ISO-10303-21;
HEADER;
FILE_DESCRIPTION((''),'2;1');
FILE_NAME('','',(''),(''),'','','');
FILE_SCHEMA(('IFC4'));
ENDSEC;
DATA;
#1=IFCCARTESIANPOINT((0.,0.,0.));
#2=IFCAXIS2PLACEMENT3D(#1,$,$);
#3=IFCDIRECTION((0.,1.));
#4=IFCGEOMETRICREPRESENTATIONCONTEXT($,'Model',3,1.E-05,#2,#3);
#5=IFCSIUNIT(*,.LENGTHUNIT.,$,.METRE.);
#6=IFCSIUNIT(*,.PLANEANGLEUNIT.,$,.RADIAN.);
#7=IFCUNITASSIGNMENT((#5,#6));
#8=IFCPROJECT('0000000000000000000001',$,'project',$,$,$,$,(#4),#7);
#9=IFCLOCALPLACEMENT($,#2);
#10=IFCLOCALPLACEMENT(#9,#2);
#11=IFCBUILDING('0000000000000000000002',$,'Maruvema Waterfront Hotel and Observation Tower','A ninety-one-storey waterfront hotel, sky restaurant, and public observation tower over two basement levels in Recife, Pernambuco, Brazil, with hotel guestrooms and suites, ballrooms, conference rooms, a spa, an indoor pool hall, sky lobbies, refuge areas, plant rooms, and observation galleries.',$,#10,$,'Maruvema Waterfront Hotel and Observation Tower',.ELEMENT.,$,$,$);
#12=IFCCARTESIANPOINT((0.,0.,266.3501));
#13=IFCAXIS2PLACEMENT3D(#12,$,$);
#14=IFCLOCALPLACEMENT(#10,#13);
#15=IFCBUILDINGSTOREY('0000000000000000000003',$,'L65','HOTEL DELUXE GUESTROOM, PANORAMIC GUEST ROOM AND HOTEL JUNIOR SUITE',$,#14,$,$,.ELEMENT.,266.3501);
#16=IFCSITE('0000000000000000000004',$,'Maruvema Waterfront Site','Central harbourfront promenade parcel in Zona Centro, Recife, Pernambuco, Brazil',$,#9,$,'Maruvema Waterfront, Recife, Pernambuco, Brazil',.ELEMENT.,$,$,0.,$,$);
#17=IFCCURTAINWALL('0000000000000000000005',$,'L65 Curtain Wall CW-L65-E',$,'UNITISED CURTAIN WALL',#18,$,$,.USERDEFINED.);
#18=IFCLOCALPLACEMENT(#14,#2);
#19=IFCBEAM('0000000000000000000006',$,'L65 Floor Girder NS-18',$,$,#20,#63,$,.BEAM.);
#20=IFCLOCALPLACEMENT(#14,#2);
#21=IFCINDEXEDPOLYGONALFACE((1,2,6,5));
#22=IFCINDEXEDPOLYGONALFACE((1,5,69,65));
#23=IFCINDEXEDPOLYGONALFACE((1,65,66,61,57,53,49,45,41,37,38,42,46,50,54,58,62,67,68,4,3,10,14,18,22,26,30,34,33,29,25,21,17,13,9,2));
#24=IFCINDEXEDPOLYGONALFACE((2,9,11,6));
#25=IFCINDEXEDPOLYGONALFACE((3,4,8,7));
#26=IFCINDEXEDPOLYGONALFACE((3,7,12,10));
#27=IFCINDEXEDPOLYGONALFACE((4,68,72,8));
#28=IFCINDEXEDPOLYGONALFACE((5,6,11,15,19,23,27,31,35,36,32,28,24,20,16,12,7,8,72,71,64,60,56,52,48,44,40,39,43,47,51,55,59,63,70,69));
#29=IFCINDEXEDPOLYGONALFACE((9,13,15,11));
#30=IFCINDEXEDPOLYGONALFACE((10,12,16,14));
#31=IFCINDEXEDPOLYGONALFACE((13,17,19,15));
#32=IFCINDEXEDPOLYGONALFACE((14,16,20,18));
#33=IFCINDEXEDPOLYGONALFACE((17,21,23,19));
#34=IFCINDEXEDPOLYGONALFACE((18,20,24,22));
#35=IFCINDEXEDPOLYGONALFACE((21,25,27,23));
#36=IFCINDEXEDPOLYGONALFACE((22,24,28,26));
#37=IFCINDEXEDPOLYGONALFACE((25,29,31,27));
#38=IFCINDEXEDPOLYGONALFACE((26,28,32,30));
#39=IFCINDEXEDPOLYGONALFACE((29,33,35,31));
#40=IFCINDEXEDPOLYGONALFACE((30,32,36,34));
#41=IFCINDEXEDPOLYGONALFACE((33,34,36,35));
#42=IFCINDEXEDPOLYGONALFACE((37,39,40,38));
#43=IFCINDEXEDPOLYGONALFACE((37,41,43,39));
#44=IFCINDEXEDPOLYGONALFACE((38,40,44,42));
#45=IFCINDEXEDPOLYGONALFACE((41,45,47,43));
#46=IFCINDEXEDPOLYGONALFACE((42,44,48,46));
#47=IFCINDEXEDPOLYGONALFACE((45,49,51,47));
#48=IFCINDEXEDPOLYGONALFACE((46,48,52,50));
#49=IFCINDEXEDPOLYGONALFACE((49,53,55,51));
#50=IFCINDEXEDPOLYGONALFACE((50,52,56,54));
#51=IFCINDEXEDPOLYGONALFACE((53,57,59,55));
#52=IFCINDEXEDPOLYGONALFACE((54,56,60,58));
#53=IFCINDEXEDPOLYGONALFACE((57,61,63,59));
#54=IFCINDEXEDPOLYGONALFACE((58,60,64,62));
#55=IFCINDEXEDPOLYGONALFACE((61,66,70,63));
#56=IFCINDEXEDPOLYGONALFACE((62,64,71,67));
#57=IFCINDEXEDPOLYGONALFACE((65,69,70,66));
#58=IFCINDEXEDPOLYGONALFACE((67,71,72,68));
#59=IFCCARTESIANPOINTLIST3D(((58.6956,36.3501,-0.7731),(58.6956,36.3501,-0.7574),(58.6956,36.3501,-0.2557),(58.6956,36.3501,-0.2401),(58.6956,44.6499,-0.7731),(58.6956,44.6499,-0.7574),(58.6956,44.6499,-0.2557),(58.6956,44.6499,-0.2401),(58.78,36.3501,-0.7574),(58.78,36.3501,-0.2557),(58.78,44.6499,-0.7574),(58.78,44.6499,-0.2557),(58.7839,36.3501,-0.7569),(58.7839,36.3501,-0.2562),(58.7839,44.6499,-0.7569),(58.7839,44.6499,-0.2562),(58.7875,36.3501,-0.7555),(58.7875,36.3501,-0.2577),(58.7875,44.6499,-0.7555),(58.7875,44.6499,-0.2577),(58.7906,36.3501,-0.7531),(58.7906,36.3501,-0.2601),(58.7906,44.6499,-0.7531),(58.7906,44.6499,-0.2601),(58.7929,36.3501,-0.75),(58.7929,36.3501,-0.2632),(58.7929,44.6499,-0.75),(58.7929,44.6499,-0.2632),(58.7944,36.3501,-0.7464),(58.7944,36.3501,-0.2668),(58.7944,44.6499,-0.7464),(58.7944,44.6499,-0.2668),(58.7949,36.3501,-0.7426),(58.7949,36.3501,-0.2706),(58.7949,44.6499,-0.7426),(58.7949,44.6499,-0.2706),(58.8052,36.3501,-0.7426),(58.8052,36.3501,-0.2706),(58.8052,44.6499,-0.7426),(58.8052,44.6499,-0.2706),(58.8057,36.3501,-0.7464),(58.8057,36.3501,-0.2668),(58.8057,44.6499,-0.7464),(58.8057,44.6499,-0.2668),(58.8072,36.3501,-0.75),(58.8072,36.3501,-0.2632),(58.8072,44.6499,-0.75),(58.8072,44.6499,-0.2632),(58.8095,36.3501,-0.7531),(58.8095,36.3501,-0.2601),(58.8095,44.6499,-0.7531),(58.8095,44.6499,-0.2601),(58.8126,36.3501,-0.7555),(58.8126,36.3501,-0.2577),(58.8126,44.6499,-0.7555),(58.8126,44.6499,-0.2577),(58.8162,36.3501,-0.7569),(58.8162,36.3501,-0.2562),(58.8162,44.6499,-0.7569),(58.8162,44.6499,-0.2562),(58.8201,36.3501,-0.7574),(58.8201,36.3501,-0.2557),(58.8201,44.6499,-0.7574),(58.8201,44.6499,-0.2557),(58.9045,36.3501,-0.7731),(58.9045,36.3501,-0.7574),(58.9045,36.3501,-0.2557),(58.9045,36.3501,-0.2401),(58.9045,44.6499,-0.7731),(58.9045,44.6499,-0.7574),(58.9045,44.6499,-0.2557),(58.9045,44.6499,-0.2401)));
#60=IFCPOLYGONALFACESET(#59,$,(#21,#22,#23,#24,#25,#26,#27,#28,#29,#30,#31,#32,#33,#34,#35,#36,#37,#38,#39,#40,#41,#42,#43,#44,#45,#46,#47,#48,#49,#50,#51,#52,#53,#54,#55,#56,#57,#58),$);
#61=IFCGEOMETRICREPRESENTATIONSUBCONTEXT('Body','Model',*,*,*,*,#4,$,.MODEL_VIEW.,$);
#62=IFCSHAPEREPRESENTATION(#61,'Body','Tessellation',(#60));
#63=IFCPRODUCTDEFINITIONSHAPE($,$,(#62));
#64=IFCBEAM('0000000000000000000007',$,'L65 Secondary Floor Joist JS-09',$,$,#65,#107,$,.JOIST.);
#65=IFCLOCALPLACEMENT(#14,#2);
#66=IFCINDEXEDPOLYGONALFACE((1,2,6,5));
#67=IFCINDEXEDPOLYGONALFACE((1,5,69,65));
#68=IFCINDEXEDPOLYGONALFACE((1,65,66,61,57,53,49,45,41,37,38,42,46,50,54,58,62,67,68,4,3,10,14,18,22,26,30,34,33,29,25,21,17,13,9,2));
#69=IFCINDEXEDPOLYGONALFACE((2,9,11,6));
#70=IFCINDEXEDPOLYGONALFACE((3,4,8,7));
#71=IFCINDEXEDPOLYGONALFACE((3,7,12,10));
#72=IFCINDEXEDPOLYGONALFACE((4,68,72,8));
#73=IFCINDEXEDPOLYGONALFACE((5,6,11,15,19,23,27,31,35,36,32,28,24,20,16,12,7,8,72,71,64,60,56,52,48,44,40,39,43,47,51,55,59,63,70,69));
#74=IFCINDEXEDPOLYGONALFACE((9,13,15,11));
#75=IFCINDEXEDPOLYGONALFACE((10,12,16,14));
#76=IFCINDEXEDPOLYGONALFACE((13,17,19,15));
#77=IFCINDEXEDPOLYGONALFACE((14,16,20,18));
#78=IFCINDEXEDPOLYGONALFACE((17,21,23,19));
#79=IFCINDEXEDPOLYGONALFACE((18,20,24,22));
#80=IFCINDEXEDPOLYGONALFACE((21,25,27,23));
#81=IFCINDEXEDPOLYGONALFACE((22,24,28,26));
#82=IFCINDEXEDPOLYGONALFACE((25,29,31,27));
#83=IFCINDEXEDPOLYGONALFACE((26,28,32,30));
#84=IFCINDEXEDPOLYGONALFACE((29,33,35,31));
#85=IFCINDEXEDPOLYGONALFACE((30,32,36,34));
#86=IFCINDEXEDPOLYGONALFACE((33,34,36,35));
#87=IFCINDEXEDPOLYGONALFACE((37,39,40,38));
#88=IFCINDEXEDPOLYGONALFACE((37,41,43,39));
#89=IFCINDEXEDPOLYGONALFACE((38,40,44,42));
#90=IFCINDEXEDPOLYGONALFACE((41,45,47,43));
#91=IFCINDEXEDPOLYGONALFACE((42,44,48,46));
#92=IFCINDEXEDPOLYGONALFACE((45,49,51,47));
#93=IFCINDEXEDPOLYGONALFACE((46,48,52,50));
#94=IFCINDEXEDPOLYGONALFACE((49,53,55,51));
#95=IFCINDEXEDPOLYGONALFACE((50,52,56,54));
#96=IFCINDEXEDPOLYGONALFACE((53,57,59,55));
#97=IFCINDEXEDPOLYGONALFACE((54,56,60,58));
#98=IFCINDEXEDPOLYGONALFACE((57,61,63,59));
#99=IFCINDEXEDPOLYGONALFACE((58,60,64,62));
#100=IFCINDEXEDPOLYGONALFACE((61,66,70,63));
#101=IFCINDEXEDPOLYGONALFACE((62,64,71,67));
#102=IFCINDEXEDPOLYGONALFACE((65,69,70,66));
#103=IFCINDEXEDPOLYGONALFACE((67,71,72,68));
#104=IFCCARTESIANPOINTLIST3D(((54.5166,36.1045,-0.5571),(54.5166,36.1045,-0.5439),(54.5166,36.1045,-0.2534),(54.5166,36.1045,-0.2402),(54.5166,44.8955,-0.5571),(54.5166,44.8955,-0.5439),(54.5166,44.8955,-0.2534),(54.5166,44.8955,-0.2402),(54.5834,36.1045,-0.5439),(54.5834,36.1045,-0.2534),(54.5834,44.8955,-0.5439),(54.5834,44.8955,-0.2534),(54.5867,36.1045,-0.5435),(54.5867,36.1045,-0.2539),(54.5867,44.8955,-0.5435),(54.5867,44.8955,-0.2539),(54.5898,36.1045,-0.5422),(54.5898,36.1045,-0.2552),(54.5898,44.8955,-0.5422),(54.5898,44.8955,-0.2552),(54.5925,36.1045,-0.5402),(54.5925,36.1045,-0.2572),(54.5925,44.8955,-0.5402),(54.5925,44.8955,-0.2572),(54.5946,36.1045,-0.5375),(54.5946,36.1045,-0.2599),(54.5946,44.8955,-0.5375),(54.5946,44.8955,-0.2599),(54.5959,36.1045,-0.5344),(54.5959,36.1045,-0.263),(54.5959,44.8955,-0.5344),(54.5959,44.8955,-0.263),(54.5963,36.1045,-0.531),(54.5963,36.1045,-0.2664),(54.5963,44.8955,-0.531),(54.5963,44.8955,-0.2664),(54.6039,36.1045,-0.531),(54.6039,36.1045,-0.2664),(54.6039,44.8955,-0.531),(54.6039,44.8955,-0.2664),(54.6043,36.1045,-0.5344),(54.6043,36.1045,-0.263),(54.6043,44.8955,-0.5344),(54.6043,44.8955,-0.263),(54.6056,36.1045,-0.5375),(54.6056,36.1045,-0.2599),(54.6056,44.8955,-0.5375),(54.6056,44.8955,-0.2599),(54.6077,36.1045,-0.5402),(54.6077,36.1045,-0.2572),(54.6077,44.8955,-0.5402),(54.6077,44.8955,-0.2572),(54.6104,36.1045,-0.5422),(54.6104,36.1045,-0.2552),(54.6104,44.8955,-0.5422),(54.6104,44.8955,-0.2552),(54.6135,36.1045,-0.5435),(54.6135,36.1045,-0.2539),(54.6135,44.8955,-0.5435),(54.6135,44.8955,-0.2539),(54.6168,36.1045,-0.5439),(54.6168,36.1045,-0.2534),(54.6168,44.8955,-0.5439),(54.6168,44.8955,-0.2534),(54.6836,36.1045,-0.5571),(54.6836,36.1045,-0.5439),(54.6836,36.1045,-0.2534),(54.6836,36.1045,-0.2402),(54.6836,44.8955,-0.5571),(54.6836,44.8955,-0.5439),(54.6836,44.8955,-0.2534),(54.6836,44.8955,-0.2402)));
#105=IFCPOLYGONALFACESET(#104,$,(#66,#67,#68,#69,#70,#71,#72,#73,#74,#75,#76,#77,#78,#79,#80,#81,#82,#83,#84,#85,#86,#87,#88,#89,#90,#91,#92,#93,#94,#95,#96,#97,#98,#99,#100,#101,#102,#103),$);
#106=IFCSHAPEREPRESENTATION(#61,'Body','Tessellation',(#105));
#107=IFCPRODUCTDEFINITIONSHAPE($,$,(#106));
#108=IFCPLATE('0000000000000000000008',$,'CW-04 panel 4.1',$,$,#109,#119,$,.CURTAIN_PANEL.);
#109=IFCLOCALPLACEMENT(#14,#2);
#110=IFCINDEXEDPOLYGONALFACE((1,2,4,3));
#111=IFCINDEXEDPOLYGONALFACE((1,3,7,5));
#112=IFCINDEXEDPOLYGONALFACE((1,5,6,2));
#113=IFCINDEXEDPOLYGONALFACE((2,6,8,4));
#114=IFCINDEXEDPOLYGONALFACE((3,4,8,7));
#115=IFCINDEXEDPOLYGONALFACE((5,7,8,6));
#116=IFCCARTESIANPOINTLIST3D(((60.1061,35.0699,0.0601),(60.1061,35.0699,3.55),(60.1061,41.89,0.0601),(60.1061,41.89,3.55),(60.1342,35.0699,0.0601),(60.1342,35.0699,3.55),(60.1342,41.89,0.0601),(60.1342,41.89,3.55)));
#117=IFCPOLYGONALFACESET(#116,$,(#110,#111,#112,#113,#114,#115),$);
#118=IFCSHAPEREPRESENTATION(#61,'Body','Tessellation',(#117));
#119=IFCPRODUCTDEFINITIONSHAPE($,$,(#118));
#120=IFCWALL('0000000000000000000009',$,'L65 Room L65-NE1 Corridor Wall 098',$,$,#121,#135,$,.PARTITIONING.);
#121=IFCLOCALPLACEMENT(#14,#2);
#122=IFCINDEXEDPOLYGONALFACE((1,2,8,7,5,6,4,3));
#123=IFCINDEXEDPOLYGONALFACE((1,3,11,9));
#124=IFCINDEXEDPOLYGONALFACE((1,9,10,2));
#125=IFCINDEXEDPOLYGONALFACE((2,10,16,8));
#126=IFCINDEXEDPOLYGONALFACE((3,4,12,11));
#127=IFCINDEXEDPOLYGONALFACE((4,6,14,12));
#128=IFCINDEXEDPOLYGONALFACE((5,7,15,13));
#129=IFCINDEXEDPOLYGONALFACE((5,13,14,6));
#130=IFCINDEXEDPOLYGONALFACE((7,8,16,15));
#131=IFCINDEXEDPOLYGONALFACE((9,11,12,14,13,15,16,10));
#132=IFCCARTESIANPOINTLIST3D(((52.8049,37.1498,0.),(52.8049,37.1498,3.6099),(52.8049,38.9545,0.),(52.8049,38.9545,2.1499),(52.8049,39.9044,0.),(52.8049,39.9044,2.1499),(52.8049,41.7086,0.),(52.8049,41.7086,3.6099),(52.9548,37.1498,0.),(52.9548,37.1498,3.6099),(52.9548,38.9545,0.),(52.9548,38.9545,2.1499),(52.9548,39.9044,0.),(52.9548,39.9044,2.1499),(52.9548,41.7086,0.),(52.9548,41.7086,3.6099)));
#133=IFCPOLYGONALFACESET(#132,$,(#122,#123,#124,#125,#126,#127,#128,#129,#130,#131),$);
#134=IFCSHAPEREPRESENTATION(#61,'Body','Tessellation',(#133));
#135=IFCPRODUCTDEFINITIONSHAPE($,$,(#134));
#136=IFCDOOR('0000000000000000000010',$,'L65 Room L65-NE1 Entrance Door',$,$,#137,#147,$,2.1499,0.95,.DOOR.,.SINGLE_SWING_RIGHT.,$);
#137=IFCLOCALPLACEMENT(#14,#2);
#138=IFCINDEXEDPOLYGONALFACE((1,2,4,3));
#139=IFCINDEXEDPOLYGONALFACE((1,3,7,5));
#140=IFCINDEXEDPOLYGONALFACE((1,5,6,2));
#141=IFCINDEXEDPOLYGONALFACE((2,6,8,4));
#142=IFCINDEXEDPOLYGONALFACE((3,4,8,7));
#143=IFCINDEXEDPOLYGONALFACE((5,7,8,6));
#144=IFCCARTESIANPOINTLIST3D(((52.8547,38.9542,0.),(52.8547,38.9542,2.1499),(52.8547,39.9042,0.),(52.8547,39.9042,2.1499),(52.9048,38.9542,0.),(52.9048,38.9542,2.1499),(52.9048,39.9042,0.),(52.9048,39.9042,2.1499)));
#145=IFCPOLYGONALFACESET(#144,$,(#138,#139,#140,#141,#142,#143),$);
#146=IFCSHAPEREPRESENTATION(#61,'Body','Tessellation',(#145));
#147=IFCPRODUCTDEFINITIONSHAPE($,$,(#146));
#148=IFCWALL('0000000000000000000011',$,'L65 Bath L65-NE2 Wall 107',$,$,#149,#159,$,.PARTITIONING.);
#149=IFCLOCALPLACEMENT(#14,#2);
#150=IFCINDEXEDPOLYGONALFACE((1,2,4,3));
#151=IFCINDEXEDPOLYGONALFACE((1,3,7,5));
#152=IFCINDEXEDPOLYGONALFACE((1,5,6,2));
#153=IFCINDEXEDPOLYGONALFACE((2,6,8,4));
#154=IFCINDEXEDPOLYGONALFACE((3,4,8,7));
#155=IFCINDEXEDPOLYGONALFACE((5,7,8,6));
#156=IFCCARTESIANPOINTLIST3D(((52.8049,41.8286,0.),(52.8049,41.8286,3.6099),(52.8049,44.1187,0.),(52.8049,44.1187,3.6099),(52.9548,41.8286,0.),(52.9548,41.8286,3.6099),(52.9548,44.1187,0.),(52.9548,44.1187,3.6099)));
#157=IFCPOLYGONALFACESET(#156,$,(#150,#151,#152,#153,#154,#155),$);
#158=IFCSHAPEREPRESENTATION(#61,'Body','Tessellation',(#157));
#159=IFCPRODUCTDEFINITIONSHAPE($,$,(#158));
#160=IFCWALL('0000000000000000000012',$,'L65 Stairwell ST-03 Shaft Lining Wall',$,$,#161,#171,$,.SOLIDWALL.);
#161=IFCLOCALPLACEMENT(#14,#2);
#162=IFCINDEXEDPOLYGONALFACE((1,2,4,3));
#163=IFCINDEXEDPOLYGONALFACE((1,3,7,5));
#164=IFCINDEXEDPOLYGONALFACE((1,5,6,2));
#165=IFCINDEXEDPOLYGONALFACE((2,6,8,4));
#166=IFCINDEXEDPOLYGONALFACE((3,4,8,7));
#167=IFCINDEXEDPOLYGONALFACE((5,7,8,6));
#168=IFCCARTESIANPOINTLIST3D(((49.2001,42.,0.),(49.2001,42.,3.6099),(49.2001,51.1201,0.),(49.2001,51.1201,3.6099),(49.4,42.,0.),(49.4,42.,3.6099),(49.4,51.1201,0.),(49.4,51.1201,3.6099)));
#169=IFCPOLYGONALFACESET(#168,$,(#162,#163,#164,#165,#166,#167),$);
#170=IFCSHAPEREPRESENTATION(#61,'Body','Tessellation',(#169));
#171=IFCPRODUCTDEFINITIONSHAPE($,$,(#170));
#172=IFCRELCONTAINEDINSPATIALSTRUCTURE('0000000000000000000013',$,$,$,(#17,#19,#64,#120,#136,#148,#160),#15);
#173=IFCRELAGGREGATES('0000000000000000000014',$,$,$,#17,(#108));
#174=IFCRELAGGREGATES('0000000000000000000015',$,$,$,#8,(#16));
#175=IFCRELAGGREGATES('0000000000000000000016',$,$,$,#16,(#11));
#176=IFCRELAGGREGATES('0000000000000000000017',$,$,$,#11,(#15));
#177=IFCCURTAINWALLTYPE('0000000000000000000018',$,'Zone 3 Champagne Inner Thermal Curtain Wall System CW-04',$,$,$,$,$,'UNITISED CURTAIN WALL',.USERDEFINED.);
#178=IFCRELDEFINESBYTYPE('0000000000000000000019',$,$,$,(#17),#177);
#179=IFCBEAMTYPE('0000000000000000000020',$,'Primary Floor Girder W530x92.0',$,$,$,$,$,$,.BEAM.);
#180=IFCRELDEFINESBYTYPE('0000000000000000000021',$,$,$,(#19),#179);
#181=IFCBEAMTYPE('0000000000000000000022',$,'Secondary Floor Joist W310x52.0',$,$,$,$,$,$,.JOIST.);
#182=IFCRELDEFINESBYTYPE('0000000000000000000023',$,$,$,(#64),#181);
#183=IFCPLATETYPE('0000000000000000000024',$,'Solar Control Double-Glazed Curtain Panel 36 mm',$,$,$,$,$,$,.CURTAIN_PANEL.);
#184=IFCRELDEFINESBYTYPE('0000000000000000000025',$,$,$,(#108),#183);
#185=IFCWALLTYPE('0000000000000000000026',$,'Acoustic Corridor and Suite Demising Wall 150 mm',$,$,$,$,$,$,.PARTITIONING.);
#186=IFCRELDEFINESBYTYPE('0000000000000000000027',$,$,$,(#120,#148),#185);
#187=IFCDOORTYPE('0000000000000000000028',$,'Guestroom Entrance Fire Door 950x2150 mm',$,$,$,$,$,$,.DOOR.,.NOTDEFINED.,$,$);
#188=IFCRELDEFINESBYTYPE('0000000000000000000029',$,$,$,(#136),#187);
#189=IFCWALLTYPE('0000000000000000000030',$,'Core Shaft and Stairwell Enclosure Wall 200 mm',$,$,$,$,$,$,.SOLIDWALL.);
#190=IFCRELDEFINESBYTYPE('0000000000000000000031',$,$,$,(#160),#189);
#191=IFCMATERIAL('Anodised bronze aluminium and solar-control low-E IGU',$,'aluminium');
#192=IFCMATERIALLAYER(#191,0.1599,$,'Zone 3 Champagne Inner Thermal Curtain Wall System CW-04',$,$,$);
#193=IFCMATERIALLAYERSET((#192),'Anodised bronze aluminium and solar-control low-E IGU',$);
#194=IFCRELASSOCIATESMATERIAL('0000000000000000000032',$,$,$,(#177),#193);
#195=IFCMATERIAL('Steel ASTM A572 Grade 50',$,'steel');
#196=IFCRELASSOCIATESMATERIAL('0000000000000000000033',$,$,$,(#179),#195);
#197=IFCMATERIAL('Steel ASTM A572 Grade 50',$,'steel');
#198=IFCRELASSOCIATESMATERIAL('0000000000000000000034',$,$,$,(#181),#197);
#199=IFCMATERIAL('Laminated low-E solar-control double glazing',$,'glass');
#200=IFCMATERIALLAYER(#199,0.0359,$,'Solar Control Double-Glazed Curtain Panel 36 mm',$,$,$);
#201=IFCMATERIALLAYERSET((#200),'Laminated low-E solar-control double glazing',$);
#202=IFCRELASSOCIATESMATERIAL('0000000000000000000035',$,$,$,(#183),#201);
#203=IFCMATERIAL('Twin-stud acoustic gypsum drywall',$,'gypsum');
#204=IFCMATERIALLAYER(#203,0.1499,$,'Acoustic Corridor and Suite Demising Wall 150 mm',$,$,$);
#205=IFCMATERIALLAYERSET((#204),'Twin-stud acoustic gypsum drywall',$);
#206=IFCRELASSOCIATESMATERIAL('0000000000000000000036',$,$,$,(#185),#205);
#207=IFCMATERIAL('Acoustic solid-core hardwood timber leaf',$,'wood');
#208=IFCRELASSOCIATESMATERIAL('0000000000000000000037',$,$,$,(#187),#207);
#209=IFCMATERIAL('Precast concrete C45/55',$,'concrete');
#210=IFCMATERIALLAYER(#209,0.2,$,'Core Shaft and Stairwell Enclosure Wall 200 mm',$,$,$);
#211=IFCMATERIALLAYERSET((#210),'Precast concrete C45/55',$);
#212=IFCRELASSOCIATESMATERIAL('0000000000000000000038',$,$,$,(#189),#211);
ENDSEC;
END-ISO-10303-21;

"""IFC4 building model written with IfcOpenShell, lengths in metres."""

from ifc_helpers import new_model, si_unit, direction, frame, frame_2d, origin, origin_2d, place, context, subcontext, project, spatial, rectangle, i_section, extrude, material, layer, layer_set, material_profile, profile_set, type_object, element, fill, aggregate, save


model = new_model("IFC4")

# Units and contexts
model_context = context("Model", 3, precision=1e-05, world=origin(), true_north=direction((0.0, 1.0)))
body_context = subcontext(model_context, "Body", "Model", "MODEL_VIEW")
ifc_project = project(units=[si_unit("LENGTHUNIT", "METRE"), si_unit("PLANEANGLEUNIT", "RADIAN")], contexts=[model_context])

# Site, building, storey
site_placement = place(None, origin())
site = spatial("IfcSite", under=ifc_project, at=site_placement, Name="Maruvema Waterfront Site", Description="Central harbourfront promenade parcel in Zona Centro, Recife, Pernambuco, Brazil", LongName="Maruvema Waterfront, Recife, Pernambuco, Brazil", CompositionType="ELEMENT", RefElevation=0.0)
building_placement = place(site_placement, origin())
building = spatial("IfcBuilding", under=site, at=building_placement, Name="Maruvema Waterfront Hotel and Observation Tower", Description="A ninety-one-storey waterfront hotel, sky restaurant, and public observation tower over two basement levels in Recife, Pernambuco, Brazil, with hotel guestrooms and suites, ballrooms, conference rooms, a spa, an indoor pool hall, sky lobbies, refuge areas, plant rooms, and observation galleries.", LongName="Maruvema Waterfront Hotel and Observation Tower", CompositionType="ELEMENT")
storey_placement = place(building_placement, frame((0.0, 0.0, 266.3501)))
storey = spatial("IfcBuildingStorey", under=building, at=storey_placement, Name="L65", Description="HOTEL DELUXE GUESTROOM, PANORAMIC GUEST ROOM AND HOTEL JUNIOR SUITE", CompositionType="ELEMENT", Elevation=266.3501)

# Curtain wall
ifc_material_1 = material(Name="Anodised bronze aluminium and solar-control low-E IGU", Category="aluminium")
ifc_layer_1 = layer(ifc_material_1, 0.1599, Name="Zone 3 Champagne Inner Thermal Curtain Wall System CW-04")
ifc_layer_set_1 = layer_set([ifc_layer_1], Name="Anodised bronze aluminium and solar-control low-E IGU")
curtain_wall_type = type_object("IfcCurtainWallType", Name="Zone 3 Champagne Inner Thermal Curtain Wall System CW-04", ElementType="UNITISED CURTAIN WALL", PredefinedType="USERDEFINED", material=ifc_layer_set_1)
curtain_wall_placement = place(storey_placement, origin())
curtain_wall = element("IfcCurtainWall", 1, at=curtain_wall_placement, inside=storey, type_object=curtain_wall_type, Name="L65 Curtain Wall CW-L65-E", ObjectType="UNITISED CURTAIN WALL", PredefinedType="USERDEFINED")

# Beams
ifc_material_2 = material(Name="Steel ASTM A572 Grade 50", Category="steel")
ifc_material_profile_1 = material_profile(ifc_material_2, i_section(OverallWidth=0.209, OverallDepth=0.533, WebThickness=0.0103, FlangeThickness=0.0156, FilletRadius=0.0149, at=origin_2d()), Name="W530x92.0")
ifc_profile_set_1 = profile_set([ifc_material_profile_1], Name="Steel ASTM A572 Grade 50")
beam_type_1 = type_object("IfcBeamType", Name="Primary Floor Girder W530x92.0", PredefinedType="BEAM", material=ifc_profile_set_1)
beam_1_placement = place(storey_placement, frame((58.8, 36.3501, -0.5066), z_axis=(0.0, 1.0, 0.0), x_axis=(-1.0, 0.0, 0.0)))
element("IfcBeam", 2, at=beam_1_placement, inside=storey, type_object=beam_type_1, Name="L65 Floor Girder NS-18", PredefinedType="BEAM", context=body_context, shape_type="SweptSolid", body=[
    extrude(i_section(OverallWidth=0.209, OverallDepth=0.533, WebThickness=0.0103, FlangeThickness=0.0156, FilletRadius=0.0149, at=origin_2d()), origin(), (0.0, 0.0, 1.0), 8.2998),
])
ifc_material_3 = material(Name="Steel ASTM A572 Grade 50", Category="steel")
ifc_material_profile_2 = material_profile(ifc_material_3, i_section(OverallWidth=0.167, OverallDepth=0.3169, WebThickness=0.0076, FlangeThickness=0.0132, FilletRadius=0.0129, at=origin_2d()), Name="W310x52.0")
ifc_profile_set_2 = profile_set([ifc_material_profile_2], Name="Steel ASTM A572 Grade 50")
beam_type_2 = type_object("IfcBeamType", Name="Secondary Floor Joist W310x52.0", PredefinedType="JOIST", material=ifc_profile_set_2)
beam_2_placement = place(storey_placement, frame((54.6001, 36.1045, -0.3987), z_axis=(0.0, 1.0, 0.0), x_axis=(-1.0, 0.0, 0.0)))
element("IfcBeam", 3, at=beam_2_placement, inside=storey, type_object=beam_type_2, Name="L65 Secondary Floor Joist JS-09", PredefinedType="JOIST", context=body_context, shape_type="SweptSolid", body=[
    extrude(i_section(OverallWidth=0.167, OverallDepth=0.3169, WebThickness=0.0076, FlangeThickness=0.0132, FilletRadius=0.0129, at=origin_2d()), origin(), (0.0, 0.0, 1.0), 8.791),
])

# Plate
ifc_material_4 = material(Name="Laminated low-E solar-control double glazing", Category="glass")
ifc_layer_2 = layer(ifc_material_4, 0.0359, Name="Solar Control Double-Glazed Curtain Panel 36 mm")
ifc_layer_set_2 = layer_set([ifc_layer_2], Name="Laminated low-E solar-control double glazing")
plate_type = type_object("IfcPlateType", Name="Solar Control Double-Glazed Curtain Panel 36 mm", PredefinedType="CURTAIN_PANEL", material=ifc_layer_set_2)
plate_placement = place(storey_placement, frame((60.1201, 38.48, 0.0601), z_axis=(0.0, 0.0, 1.0), x_axis=(0.0, 1.0, 0.0)))
plate = element("IfcPlate", 4, at=plate_placement, type_object=plate_type, Name="CW-04 panel 4.1", PredefinedType="CURTAIN_PANEL", context=body_context, shape_type="SweptSolid", body=[
    extrude(rectangle(XDim=6.8201, YDim=0.0281, at=origin_2d()), origin(), (0.0, 0.0, 1.0), 3.49),
])
aggregate(curtain_wall, [plate])

# Wall, opening, door
ifc_material_5 = material(Name="Twin-stud acoustic gypsum drywall", Category="gypsum")
ifc_layer_3 = layer(ifc_material_5, 0.1499, Name="Acoustic Corridor and Suite Demising Wall 150 mm")
ifc_layer_set_3 = layer_set([ifc_layer_3], Name="Twin-stud acoustic gypsum drywall")
wall_type_1 = type_object("IfcWallType", Name="Acoustic Corridor and Suite Demising Wall 150 mm", PredefinedType="PARTITIONING", material=ifc_layer_set_3)
wall_1_placement = place(storey_placement, frame((52.8799, 37.1499, 0.0), z_axis=(0.0, 0.0, 1.0), x_axis=(0.0, 1.0, 0.0)))
wall_1 = element("IfcWall", 5, at=wall_1_placement, inside=storey, type_object=wall_type_1, Name="L65 Room L65-NE1 Corridor Wall 098", PredefinedType="PARTITIONING", context=body_context, shape_type="SweptSolid", body=[
    extrude(rectangle(XDim=4.5588, YDim=0.1499, at=frame_2d((2.2793, 0.0))), origin(), (0.0, 0.0, 1.0), 3.6099),
])
opening_1_placement = place(wall_1_placement, frame((1.8044, 0.0, 0.0)))
opening_1 = element("IfcOpeningElement", 6, at=opening_1_placement, cuts=wall_1, PredefinedType="OPENING", context=body_context, shape_type="SweptSolid", body=[
    extrude(rectangle(XDim=0.95, YDim=2.1499, at=frame_2d((0.4751, 1.075))), frame((0.0, 0.085, 0.0), z_axis=(0.0, -1.0, 0.0), x_axis=(1.0, 0.0, 0.0)), (0.0, 0.0, 1.0), 0.1699),
])
ifc_material_6 = material(Name="Acoustic solid-core hardwood timber leaf", Category="wood")
door_type_1 = type_object("IfcDoorType", Name="Guestroom Entrance Fire Door 950x2150 mm", OperationType="NOTDEFINED", PredefinedType="DOOR", material=ifc_material_6)
door_1_placement = place(opening_1_placement, frame((0.95, 0.0, 0.0), z_axis=(0.0, 0.0, 1.0), x_axis=(-1.0, 0.0, 0.0)))
door_1 = element("IfcDoor", 7, at=door_1_placement, inside=storey, type_object=door_type_1, Name="L65 Room L65-NE1 Entrance Door", OperationType="SINGLE_SWING_RIGHT", OverallHeight=2.1499, OverallWidth=0.95, PredefinedType="DOOR", context=body_context, shape_type="SweptSolid", body=[
    extrude(rectangle(XDim=0.95, YDim=2.1499, at=frame_2d((0.4751, 1.075))), frame((0.0, 0.0249, 0.0), z_axis=(0.0, -1.0, 0.0), x_axis=(1.0, 0.0, 0.0)), (0.0, 0.0, 1.0), 0.05),
])
fill(opening_1, door_1)

# Walls
wall_2_placement = place(storey_placement, frame((52.8799, 41.8286, 0.0), z_axis=(0.0, 0.0, 1.0), x_axis=(0.0, 1.0, 0.0)))
element("IfcWall", 8, at=wall_2_placement, inside=storey, type_object=wall_type_1, Name="L65 Bath L65-NE2 Wall 107", PredefinedType="PARTITIONING", context=body_context, shape_type="SweptSolid", body=[
    extrude(rectangle(XDim=2.29, YDim=0.1499, at=frame_2d((1.145, 0.0))), origin(), (0.0, 0.0, 1.0), 3.6099),
])
ifc_material_7 = material(Name="Precast concrete C45/55", Category="concrete")
ifc_layer_4 = layer(ifc_material_7, 0.2, Name="Core Shaft and Stairwell Enclosure Wall 200 mm")
ifc_layer_set_4 = layer_set([ifc_layer_4], Name="Precast concrete C45/55")
wall_type_2 = type_object("IfcWallType", Name="Core Shaft and Stairwell Enclosure Wall 200 mm", PredefinedType="SOLIDWALL", material=ifc_layer_set_4)
wall_3_placement = place(storey_placement, frame((49.3, 42.0, 0.0), z_axis=(0.0, 0.0, 1.0), x_axis=(0.0, 1.0, 0.0)))
element("IfcWall", 9, at=wall_3_placement, inside=storey, type_object=wall_type_2, Name="L65 Stairwell ST-03 Shaft Lining Wall", PredefinedType="SOLIDWALL", context=body_context, shape_type="SweptSolid", body=[
    extrude(rectangle(XDim=9.1201, YDim=0.2, at=frame_2d((4.5601, 0.0))), origin(), (0.0, 0.0, 1.0), 3.6099),
])

save(model, "model.ifc")
